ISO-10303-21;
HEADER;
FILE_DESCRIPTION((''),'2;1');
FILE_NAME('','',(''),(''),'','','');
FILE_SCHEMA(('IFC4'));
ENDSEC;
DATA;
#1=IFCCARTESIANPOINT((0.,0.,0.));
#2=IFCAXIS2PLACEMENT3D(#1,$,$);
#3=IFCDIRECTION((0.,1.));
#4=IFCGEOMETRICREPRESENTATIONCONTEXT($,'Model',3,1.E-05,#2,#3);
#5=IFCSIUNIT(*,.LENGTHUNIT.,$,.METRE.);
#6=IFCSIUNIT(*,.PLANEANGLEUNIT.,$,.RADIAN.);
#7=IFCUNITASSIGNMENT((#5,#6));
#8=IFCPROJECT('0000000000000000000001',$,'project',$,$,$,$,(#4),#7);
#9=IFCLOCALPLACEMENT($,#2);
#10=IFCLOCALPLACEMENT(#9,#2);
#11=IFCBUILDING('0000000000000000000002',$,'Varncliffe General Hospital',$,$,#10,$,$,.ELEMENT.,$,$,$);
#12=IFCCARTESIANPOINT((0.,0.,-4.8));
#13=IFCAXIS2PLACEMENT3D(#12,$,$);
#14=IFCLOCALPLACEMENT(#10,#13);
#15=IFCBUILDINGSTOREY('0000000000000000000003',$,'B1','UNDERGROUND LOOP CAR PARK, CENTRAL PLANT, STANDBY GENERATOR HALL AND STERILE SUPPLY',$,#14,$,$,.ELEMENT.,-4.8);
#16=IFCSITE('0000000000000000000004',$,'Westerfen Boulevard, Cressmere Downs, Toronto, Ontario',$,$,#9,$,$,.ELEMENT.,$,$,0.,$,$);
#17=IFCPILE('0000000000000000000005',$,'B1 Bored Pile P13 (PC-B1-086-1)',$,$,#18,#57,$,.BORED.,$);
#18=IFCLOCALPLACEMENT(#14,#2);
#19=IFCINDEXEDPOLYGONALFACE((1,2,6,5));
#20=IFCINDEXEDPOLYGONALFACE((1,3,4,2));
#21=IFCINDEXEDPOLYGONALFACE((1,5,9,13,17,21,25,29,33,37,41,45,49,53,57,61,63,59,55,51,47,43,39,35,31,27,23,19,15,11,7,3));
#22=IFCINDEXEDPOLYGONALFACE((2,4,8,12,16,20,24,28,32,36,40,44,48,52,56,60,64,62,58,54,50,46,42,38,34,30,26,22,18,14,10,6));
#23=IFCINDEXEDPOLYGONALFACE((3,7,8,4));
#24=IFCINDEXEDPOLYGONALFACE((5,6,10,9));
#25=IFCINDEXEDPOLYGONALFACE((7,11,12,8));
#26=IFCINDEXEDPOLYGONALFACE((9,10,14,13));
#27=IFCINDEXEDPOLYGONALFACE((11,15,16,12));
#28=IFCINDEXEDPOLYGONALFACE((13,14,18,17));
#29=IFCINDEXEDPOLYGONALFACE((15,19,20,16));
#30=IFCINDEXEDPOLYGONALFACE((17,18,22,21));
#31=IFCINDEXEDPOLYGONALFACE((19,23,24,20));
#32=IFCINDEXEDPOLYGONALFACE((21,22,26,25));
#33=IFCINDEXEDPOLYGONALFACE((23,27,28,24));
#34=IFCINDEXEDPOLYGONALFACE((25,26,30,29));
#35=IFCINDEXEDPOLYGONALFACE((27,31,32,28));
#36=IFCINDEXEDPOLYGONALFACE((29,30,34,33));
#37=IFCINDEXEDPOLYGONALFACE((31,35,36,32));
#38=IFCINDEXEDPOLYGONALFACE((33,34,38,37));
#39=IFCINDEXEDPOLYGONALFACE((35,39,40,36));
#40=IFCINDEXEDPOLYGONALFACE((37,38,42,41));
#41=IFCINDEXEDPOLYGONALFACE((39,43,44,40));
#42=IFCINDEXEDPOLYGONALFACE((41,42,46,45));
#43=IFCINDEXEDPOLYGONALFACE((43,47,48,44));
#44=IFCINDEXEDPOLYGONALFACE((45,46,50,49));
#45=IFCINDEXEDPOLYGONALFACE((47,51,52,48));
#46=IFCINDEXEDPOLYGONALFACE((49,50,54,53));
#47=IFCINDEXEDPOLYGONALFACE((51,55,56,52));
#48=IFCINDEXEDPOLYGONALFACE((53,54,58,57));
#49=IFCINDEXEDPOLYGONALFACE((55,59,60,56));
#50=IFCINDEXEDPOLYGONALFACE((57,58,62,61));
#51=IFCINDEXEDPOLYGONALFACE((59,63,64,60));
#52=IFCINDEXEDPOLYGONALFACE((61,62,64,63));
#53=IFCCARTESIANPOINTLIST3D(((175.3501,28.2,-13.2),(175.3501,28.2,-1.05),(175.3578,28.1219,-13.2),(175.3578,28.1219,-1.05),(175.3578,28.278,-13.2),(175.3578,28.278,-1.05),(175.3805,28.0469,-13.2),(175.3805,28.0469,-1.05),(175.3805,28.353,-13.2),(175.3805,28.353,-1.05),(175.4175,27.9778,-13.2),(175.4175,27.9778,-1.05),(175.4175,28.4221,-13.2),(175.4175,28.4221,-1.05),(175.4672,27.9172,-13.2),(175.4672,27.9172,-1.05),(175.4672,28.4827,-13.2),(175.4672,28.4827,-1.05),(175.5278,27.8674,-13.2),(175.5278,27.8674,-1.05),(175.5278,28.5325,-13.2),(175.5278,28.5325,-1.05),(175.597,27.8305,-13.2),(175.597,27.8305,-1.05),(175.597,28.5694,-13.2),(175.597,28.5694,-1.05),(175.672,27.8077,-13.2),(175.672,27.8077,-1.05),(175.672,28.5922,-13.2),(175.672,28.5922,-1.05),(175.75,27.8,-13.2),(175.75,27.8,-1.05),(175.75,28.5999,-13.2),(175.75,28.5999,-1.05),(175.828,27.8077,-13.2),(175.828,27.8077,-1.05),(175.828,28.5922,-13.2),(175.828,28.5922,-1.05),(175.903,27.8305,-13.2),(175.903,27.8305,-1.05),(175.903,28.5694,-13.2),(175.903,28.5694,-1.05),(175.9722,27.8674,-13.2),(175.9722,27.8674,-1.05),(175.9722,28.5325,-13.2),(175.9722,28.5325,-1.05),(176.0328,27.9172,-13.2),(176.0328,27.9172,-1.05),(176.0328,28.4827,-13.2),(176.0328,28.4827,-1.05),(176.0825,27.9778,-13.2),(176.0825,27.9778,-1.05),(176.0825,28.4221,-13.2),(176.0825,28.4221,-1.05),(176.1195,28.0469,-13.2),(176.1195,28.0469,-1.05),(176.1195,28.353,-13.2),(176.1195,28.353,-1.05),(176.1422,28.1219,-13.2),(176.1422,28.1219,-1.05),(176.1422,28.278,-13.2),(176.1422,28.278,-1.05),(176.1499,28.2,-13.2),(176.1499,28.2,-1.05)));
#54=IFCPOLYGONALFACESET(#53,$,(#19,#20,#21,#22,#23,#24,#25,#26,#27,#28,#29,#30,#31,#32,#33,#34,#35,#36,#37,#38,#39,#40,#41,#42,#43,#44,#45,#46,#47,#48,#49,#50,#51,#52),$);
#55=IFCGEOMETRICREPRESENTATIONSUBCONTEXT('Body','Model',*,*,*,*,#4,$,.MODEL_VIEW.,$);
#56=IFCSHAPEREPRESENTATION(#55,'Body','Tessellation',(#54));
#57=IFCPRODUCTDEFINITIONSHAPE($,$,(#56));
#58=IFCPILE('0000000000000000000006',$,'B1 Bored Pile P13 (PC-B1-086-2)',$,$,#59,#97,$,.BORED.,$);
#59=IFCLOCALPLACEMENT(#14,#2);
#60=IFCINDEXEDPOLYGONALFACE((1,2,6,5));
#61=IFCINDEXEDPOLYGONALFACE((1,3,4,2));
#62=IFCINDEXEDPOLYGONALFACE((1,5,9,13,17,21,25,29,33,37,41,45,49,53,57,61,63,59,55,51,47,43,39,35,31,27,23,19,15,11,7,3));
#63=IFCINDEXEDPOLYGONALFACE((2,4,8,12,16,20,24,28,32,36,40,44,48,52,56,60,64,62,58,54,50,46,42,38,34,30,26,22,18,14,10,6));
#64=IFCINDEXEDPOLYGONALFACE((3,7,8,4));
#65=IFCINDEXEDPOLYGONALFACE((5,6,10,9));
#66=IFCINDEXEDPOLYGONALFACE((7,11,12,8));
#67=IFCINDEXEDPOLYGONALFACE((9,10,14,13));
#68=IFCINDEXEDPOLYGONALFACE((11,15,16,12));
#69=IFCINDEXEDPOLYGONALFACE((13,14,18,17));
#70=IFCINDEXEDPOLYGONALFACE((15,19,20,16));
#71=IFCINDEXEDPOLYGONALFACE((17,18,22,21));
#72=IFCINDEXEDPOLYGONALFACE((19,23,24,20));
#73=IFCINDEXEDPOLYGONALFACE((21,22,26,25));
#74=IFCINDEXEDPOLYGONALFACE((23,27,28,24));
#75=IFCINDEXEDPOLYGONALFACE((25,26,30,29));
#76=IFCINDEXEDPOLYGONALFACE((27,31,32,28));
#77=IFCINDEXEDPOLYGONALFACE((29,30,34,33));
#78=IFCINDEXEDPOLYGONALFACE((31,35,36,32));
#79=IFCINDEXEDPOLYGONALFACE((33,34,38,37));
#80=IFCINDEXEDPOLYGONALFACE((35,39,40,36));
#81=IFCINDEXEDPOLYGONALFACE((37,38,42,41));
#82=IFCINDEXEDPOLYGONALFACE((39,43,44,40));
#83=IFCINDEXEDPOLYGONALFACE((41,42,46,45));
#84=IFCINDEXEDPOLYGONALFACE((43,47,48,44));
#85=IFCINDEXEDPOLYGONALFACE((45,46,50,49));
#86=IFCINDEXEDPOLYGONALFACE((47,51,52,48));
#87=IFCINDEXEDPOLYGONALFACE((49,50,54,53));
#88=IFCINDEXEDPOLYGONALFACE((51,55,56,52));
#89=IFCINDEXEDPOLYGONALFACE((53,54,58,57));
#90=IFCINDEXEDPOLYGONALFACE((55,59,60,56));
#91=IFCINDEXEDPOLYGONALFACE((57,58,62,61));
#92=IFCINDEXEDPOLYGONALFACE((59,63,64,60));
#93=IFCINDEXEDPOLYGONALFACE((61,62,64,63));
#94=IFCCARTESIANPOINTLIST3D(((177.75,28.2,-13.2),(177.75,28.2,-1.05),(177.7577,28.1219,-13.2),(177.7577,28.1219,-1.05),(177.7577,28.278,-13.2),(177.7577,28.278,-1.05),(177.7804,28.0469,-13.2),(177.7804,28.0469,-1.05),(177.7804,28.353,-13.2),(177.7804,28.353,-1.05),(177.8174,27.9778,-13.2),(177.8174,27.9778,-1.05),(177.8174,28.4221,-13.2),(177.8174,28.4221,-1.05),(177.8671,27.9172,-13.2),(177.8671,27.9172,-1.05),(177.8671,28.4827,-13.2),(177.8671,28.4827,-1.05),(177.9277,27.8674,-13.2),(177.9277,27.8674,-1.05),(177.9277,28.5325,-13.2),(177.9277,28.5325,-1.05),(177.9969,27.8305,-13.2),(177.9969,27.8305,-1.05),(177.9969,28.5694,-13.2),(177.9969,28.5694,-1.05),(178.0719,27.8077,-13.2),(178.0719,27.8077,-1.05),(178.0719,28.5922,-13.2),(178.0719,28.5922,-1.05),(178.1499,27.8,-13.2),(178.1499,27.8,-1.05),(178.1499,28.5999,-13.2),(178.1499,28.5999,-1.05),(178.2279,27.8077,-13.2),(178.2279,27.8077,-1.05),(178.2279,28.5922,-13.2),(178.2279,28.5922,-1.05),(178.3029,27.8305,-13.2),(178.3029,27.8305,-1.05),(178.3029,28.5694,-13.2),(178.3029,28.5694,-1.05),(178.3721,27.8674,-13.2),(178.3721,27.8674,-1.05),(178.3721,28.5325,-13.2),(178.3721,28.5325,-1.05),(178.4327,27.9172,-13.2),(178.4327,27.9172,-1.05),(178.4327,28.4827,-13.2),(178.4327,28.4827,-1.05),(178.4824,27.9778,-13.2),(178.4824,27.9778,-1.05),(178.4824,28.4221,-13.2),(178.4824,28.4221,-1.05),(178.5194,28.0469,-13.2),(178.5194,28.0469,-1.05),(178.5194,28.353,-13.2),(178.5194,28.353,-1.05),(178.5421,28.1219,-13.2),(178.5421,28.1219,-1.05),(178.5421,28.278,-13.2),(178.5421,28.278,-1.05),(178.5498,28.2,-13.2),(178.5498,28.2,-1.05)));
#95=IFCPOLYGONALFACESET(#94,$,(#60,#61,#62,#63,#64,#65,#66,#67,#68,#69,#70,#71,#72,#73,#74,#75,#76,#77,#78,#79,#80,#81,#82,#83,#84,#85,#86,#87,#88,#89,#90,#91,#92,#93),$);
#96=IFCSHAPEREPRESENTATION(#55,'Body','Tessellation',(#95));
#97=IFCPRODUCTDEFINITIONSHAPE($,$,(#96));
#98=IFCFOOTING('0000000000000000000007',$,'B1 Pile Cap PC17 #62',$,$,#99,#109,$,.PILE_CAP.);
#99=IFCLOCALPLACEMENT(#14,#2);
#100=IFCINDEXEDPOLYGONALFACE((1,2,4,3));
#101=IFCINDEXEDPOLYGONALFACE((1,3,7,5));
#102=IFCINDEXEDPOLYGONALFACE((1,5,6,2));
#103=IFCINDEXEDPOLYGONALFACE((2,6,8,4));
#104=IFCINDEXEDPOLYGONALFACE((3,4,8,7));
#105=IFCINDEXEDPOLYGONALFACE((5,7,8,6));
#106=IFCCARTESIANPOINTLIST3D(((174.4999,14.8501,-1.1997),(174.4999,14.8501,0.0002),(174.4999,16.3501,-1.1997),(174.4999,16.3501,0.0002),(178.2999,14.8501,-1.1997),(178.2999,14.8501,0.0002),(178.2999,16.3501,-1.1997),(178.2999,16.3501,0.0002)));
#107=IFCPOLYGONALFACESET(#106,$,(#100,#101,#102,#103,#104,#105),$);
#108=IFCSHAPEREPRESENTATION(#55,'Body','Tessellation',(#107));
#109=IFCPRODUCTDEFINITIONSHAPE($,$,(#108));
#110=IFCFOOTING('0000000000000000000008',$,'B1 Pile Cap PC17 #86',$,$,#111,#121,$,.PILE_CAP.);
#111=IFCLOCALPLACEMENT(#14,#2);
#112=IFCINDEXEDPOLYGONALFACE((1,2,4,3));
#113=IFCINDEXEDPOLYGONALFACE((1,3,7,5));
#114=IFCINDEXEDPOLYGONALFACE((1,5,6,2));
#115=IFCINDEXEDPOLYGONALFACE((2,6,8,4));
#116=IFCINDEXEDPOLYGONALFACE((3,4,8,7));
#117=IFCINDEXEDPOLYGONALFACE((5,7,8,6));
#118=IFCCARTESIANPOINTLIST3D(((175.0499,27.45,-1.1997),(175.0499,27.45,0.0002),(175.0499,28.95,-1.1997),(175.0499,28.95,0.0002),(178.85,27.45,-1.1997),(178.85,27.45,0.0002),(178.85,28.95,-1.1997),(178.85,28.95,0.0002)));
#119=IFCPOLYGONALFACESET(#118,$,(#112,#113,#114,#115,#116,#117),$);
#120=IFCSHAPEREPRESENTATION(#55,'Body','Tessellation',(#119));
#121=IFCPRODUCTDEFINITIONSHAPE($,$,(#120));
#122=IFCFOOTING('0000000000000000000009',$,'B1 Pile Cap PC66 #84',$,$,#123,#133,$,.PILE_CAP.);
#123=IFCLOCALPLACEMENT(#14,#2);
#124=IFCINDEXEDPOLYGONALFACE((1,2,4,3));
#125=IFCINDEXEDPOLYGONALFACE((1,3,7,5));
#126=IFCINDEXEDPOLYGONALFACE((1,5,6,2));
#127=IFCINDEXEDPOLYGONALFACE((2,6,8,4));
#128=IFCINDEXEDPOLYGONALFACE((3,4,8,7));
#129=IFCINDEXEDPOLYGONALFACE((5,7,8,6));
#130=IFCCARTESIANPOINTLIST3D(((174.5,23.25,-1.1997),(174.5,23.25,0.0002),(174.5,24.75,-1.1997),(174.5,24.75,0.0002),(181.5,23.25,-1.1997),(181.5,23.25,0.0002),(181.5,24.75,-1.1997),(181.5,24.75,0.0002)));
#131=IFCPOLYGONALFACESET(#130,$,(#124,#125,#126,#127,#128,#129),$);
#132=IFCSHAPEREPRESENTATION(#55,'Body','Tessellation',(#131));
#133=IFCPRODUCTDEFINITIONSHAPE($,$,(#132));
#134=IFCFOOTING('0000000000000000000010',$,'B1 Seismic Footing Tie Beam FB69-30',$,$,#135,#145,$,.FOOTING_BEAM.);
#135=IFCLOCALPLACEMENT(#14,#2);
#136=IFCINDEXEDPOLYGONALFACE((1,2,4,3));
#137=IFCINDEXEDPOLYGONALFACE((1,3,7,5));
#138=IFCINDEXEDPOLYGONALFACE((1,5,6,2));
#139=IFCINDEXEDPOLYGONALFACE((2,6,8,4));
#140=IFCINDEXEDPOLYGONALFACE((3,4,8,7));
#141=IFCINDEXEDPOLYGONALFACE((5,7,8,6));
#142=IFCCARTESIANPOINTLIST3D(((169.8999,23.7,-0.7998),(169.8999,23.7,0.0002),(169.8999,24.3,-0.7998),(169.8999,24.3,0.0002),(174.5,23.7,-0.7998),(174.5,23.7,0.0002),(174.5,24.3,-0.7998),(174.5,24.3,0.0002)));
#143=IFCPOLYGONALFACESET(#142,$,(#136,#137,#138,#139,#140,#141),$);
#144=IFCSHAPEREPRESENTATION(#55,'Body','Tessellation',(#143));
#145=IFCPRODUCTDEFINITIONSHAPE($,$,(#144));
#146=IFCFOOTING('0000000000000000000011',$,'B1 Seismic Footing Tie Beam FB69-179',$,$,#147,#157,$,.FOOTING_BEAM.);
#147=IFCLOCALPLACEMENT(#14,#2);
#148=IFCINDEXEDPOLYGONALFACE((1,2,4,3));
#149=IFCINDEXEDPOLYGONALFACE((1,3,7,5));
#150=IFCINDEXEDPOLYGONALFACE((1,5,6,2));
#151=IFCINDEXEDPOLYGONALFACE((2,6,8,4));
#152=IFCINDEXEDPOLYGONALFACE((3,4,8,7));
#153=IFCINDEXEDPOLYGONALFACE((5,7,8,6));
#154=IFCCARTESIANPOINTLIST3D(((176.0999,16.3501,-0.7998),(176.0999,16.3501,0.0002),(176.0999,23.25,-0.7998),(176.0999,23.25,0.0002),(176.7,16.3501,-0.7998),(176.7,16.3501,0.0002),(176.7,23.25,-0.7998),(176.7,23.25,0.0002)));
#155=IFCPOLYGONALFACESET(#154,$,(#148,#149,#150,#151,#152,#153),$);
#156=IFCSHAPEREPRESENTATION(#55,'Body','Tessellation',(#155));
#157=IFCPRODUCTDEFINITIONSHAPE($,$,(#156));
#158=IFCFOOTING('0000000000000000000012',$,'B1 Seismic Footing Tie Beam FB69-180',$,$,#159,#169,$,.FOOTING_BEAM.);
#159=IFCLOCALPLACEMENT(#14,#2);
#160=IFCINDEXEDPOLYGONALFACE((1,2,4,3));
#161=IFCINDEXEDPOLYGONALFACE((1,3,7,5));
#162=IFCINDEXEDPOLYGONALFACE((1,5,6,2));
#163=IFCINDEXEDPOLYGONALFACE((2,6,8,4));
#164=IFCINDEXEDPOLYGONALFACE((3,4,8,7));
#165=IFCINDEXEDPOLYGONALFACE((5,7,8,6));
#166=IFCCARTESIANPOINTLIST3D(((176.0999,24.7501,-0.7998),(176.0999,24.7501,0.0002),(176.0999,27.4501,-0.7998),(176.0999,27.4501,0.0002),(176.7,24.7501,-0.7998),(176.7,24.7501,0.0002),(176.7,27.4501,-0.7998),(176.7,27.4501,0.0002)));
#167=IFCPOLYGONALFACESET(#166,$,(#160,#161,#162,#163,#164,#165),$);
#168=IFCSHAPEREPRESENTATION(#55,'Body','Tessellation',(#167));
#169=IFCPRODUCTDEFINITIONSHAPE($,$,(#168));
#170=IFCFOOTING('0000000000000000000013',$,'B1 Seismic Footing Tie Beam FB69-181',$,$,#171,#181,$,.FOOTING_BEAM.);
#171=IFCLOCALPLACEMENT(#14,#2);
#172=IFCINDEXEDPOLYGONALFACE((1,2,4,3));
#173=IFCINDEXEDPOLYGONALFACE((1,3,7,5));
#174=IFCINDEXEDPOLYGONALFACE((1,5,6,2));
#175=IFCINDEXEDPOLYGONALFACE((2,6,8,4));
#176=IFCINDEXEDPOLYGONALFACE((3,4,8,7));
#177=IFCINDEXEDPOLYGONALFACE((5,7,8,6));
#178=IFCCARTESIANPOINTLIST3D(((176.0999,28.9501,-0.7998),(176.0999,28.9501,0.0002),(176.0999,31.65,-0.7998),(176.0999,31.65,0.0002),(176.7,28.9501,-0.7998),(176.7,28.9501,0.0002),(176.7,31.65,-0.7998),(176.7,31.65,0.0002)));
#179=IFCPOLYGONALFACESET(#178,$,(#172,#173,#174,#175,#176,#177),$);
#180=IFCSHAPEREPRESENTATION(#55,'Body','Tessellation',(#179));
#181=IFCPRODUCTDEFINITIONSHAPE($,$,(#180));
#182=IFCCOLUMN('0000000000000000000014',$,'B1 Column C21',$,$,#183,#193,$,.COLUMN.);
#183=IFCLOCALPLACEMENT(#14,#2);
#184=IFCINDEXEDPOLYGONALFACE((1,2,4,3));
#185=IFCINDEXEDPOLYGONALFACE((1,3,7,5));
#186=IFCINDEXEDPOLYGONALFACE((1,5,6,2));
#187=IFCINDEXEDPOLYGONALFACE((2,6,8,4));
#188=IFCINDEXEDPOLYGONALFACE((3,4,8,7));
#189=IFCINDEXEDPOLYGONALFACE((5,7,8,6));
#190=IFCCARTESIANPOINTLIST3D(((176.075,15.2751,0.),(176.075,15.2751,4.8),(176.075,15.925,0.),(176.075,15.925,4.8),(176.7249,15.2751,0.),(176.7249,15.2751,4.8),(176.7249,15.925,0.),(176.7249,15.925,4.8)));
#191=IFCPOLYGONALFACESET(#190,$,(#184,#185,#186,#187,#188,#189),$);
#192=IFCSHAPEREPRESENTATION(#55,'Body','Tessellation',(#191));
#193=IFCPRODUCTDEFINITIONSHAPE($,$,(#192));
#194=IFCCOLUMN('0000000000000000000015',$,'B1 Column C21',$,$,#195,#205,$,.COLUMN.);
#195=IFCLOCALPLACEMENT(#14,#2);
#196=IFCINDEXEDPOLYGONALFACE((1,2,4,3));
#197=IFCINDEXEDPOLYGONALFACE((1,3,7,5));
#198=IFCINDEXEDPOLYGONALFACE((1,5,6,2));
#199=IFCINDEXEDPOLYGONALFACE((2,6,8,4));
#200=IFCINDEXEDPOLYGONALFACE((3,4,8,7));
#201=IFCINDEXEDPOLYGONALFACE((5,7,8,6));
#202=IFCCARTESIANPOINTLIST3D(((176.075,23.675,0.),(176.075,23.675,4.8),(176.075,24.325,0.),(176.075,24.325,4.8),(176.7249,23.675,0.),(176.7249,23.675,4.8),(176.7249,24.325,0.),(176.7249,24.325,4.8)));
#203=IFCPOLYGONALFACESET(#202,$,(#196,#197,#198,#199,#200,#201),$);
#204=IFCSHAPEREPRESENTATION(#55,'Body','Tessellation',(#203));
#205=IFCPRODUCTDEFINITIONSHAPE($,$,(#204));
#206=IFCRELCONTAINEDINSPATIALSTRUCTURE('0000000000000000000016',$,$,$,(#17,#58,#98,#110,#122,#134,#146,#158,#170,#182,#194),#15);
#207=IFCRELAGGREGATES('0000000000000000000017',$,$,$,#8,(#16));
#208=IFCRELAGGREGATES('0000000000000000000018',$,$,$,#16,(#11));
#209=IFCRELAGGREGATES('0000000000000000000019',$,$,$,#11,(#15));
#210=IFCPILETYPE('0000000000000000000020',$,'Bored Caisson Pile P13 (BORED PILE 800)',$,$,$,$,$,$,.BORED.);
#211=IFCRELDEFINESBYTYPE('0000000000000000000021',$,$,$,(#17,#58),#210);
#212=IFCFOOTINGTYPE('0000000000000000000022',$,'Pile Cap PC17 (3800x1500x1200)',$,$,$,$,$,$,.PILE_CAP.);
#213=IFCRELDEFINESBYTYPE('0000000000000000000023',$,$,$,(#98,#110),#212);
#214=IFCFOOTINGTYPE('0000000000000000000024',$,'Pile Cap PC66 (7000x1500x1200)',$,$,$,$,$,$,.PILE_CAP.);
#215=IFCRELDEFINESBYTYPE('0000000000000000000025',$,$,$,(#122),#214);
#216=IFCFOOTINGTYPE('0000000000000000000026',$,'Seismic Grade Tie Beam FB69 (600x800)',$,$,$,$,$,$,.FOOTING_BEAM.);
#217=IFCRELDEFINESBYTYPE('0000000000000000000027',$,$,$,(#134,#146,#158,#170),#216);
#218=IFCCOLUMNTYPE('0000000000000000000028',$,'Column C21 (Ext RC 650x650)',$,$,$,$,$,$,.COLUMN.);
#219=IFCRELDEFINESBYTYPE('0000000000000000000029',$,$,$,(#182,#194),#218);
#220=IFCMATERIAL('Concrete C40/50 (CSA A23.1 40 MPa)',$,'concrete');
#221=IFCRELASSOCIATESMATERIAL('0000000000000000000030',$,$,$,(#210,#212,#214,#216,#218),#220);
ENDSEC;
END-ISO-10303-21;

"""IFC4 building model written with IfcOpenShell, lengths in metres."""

from ifc_helpers import new_model, si_unit, direction, frame, origin, origin_2d, place, context, subcontext, project, spatial, rectangle, circle, extrude, material, material_profile, profile_set, type_object, element, save


model = new_model("IFC4")

# Units and contexts
model_context = context("Model", 3, precision=1e-05, world=origin(), true_north=direction((0.0, 1.0)))
body_context = subcontext(model_context, "Body", "Model", "MODEL_VIEW")
ifc_project = project(units=[si_unit("LENGTHUNIT", "METRE"), si_unit("PLANEANGLEUNIT", "RADIAN")], contexts=[model_context])

# Site, building, storey
site_placement = place(None, origin())
site = spatial("IfcSite", under=ifc_project, at=site_placement, Name="Westerfen Boulevard, Cressmere Downs, Toronto, Ontario", CompositionType="ELEMENT", RefElevation=0.0)
building_placement = place(site_placement, origin())
building = spatial("IfcBuilding", under=site, at=building_placement, Name="Varncliffe General Hospital", CompositionType="ELEMENT")
storey_placement = place(building_placement, frame((0.0, 0.0, -4.8)))
storey = spatial("IfcBuildingStorey", under=building, at=storey_placement, Name="B1", Description="UNDERGROUND LOOP CAR PARK, CENTRAL PLANT, STANDBY GENERATOR HALL AND STERILE SUPPLY", CompositionType="ELEMENT", Elevation=-4.8)

# Piles
ifc_material_1 = material(Name="Concrete C40/50 (CSA A23.1 40 MPa)", Category="concrete")
ifc_material_profile_1 = material_profile(ifc_material_1, circle(Radius=0.3999, at=origin_2d()), Name="BORED PILE 800")
ifc_profile_set_1 = profile_set([ifc_material_profile_1], Name="Concrete C40/50 (CSA A23.1 40 MPa)")
pile_type = type_object("IfcPileType", Name="Bored Caisson Pile P13 (BORED PILE 800)", PredefinedType="BORED", material=ifc_profile_set_1)
for number, where, z_axis, x_axis, name in (
    (1, (175.75, 28.2, -1.05), (0.0, 0.0, -1.0), (1.0, 0.0, 0.0), "B1 Bored Pile P13 (PC-B1-086-1)"),
    (2, (178.1499, 28.2, -1.05), (0.0, 0.0, -1.0), (1.0, 0.0, 0.0), "B1 Bored Pile P13 (PC-B1-086-2)"),
):
    element("IfcPile", number, at=place(storey_placement, frame(where, z_axis=z_axis, x_axis=x_axis)), inside=storey, type_object=pile_type, Name=name, PredefinedType="BORED", context=body_context, shape_type="SweptSolid", body=[
        extrude(circle(Radius=0.3999, at=origin_2d()), origin(), (0.0, 0.0, 1.0), 12.1499),
    ])

# Footings
footing_type_1 = type_object("IfcFootingType", Name="Pile Cap PC17 (3800x1500x1200)", PredefinedType="PILE_CAP", material=ifc_material_1)
for number, where, z_axis, x_axis, name in (
    (3, (176.3999, 15.6001, -1.1997), (0.0, 0.0, 1.0), (1.0, 0.0, 0.0), "B1 Pile Cap PC17 #62"),
    (4, (176.95, 28.2, -1.1997), (0.0, 0.0, 1.0), (1.0, 0.0, 0.0), "B1 Pile Cap PC17 #86"),
):
    element("IfcFooting", number, at=place(storey_placement, frame(where, z_axis=z_axis, x_axis=x_axis)), inside=storey, type_object=footing_type_1, Name=name, PredefinedType="PILE_CAP", context=body_context, shape_type="SweptSolid", body=[
        extrude(rectangle(XDim=3.8, YDim=1.5, at=origin_2d()), origin(), (0.0, 0.0, 1.0), 1.2),
    ])
footing_type_2 = type_object("IfcFootingType", Name="Pile Cap PC66 (7000x1500x1200)", PredefinedType="PILE_CAP", material=ifc_material_1)
footing_1_placement = place(storey_placement, frame((178.0, 24.0, -1.1997), z_axis=(0.0, 0.0, 1.0), x_axis=(1.0, 0.0, 0.0)))
element("IfcFooting", 5, at=footing_1_placement, inside=storey, type_object=footing_type_2, Name="B1 Pile Cap PC66 #84", PredefinedType="PILE_CAP", context=body_context, shape_type="SweptSolid", body=[
    extrude(rectangle(XDim=7.0, YDim=1.5, at=origin_2d()), origin(), (0.0, 0.0, 1.0), 1.2),
])
footing_type_3 = type_object("IfcFootingType", Name="Seismic Grade Tie Beam FB69 (600x800)", PredefinedType="FOOTING_BEAM", material=ifc_material_1)
footing_2_placement = place(storey_placement, frame((172.2, 24.0, -0.7998), z_axis=(0.0, 0.0, 1.0), x_axis=(1.0, 0.0, 0.0)))
element("IfcFooting", 6, at=footing_2_placement, inside=storey, type_object=footing_type_3, Name="B1 Seismic Footing Tie Beam FB69-30", PredefinedType="FOOTING_BEAM", context=body_context, shape_type="SweptSolid", body=[
    extrude(rectangle(XDim=4.6001, YDim=0.6001, at=origin_2d()), origin(), (0.0, 0.0, 1.0), 0.8),
])
footing_3_placement = place(storey_placement, frame((176.3999, 19.8, -0.7998), z_axis=(0.0, 0.0, 1.0), x_axis=(1.0, 0.0, 0.0)))
element("IfcFooting", 7, at=footing_3_placement, inside=storey, type_object=footing_type_3, Name="B1 Seismic Footing Tie Beam FB69-179", PredefinedType="FOOTING_BEAM", context=body_context, shape_type="SweptSolid", body=[
    extrude(rectangle(XDim=0.6001, YDim=6.8999, at=origin_2d()), origin(), (0.0, 0.0, 1.0), 0.8),
])
for number, where, z_axis, x_axis, name in (
    (8, (176.3999, 26.1001, -0.7998), (0.0, 0.0, 1.0), (1.0, 0.0, 0.0), "B1 Seismic Footing Tie Beam FB69-180"),
    (9, (176.3999, 30.3, -0.7998), (0.0, 0.0, 1.0), (1.0, 0.0, 0.0), "B1 Seismic Footing Tie Beam FB69-181"),
):
    element("IfcFooting", number, at=place(storey_placement, frame(where, z_axis=z_axis, x_axis=x_axis)), inside=storey, type_object=footing_type_3, Name=name, PredefinedType="FOOTING_BEAM", context=body_context, shape_type="SweptSolid", body=[
        extrude(rectangle(XDim=0.6001, YDim=2.7, at=origin_2d()), origin(), (0.0, 0.0, 1.0), 0.8),
    ])

# Columns
ifc_material_profile_2 = material_profile(ifc_material_1, rectangle(XDim=0.6499, YDim=0.6499, at=origin_2d()), Name="RC 650x650")
ifc_profile_set_2 = profile_set([ifc_material_profile_2], Name="Concrete C40/50 (CSA A23.1 40 MPa)")
column_type_1 = type_object("IfcColumnType", Name="Column C21 (Ext RC 650x650)", PredefinedType="COLUMN", material=ifc_profile_set_2)
for number, where, z_axis, x_axis, name in (
    (10, (176.3999, 15.6001, 0.0), (0.0, 0.0, 1.0), (1.0, 0.0, 0.0), "B1 Column C21"),
    (11, (176.3999, 24.0, 0.0), (0.0, 0.0, 1.0), (1.0, 0.0, 0.0), "B1 Column C21"),
):
    element("IfcColumn", number, at=place(storey_placement, frame(where, z_axis=z_axis, x_axis=x_axis)), inside=storey, type_object=column_type_1, Name=name, PredefinedType="COLUMN", context=body_context, shape_type="SweptSolid", body=[
        extrude(rectangle(XDim=0.6499, YDim=0.6499, at=origin_2d()), origin(), (0.0, 0.0, 1.0), 4.8),
    ])

save(model, "model.ifc")
